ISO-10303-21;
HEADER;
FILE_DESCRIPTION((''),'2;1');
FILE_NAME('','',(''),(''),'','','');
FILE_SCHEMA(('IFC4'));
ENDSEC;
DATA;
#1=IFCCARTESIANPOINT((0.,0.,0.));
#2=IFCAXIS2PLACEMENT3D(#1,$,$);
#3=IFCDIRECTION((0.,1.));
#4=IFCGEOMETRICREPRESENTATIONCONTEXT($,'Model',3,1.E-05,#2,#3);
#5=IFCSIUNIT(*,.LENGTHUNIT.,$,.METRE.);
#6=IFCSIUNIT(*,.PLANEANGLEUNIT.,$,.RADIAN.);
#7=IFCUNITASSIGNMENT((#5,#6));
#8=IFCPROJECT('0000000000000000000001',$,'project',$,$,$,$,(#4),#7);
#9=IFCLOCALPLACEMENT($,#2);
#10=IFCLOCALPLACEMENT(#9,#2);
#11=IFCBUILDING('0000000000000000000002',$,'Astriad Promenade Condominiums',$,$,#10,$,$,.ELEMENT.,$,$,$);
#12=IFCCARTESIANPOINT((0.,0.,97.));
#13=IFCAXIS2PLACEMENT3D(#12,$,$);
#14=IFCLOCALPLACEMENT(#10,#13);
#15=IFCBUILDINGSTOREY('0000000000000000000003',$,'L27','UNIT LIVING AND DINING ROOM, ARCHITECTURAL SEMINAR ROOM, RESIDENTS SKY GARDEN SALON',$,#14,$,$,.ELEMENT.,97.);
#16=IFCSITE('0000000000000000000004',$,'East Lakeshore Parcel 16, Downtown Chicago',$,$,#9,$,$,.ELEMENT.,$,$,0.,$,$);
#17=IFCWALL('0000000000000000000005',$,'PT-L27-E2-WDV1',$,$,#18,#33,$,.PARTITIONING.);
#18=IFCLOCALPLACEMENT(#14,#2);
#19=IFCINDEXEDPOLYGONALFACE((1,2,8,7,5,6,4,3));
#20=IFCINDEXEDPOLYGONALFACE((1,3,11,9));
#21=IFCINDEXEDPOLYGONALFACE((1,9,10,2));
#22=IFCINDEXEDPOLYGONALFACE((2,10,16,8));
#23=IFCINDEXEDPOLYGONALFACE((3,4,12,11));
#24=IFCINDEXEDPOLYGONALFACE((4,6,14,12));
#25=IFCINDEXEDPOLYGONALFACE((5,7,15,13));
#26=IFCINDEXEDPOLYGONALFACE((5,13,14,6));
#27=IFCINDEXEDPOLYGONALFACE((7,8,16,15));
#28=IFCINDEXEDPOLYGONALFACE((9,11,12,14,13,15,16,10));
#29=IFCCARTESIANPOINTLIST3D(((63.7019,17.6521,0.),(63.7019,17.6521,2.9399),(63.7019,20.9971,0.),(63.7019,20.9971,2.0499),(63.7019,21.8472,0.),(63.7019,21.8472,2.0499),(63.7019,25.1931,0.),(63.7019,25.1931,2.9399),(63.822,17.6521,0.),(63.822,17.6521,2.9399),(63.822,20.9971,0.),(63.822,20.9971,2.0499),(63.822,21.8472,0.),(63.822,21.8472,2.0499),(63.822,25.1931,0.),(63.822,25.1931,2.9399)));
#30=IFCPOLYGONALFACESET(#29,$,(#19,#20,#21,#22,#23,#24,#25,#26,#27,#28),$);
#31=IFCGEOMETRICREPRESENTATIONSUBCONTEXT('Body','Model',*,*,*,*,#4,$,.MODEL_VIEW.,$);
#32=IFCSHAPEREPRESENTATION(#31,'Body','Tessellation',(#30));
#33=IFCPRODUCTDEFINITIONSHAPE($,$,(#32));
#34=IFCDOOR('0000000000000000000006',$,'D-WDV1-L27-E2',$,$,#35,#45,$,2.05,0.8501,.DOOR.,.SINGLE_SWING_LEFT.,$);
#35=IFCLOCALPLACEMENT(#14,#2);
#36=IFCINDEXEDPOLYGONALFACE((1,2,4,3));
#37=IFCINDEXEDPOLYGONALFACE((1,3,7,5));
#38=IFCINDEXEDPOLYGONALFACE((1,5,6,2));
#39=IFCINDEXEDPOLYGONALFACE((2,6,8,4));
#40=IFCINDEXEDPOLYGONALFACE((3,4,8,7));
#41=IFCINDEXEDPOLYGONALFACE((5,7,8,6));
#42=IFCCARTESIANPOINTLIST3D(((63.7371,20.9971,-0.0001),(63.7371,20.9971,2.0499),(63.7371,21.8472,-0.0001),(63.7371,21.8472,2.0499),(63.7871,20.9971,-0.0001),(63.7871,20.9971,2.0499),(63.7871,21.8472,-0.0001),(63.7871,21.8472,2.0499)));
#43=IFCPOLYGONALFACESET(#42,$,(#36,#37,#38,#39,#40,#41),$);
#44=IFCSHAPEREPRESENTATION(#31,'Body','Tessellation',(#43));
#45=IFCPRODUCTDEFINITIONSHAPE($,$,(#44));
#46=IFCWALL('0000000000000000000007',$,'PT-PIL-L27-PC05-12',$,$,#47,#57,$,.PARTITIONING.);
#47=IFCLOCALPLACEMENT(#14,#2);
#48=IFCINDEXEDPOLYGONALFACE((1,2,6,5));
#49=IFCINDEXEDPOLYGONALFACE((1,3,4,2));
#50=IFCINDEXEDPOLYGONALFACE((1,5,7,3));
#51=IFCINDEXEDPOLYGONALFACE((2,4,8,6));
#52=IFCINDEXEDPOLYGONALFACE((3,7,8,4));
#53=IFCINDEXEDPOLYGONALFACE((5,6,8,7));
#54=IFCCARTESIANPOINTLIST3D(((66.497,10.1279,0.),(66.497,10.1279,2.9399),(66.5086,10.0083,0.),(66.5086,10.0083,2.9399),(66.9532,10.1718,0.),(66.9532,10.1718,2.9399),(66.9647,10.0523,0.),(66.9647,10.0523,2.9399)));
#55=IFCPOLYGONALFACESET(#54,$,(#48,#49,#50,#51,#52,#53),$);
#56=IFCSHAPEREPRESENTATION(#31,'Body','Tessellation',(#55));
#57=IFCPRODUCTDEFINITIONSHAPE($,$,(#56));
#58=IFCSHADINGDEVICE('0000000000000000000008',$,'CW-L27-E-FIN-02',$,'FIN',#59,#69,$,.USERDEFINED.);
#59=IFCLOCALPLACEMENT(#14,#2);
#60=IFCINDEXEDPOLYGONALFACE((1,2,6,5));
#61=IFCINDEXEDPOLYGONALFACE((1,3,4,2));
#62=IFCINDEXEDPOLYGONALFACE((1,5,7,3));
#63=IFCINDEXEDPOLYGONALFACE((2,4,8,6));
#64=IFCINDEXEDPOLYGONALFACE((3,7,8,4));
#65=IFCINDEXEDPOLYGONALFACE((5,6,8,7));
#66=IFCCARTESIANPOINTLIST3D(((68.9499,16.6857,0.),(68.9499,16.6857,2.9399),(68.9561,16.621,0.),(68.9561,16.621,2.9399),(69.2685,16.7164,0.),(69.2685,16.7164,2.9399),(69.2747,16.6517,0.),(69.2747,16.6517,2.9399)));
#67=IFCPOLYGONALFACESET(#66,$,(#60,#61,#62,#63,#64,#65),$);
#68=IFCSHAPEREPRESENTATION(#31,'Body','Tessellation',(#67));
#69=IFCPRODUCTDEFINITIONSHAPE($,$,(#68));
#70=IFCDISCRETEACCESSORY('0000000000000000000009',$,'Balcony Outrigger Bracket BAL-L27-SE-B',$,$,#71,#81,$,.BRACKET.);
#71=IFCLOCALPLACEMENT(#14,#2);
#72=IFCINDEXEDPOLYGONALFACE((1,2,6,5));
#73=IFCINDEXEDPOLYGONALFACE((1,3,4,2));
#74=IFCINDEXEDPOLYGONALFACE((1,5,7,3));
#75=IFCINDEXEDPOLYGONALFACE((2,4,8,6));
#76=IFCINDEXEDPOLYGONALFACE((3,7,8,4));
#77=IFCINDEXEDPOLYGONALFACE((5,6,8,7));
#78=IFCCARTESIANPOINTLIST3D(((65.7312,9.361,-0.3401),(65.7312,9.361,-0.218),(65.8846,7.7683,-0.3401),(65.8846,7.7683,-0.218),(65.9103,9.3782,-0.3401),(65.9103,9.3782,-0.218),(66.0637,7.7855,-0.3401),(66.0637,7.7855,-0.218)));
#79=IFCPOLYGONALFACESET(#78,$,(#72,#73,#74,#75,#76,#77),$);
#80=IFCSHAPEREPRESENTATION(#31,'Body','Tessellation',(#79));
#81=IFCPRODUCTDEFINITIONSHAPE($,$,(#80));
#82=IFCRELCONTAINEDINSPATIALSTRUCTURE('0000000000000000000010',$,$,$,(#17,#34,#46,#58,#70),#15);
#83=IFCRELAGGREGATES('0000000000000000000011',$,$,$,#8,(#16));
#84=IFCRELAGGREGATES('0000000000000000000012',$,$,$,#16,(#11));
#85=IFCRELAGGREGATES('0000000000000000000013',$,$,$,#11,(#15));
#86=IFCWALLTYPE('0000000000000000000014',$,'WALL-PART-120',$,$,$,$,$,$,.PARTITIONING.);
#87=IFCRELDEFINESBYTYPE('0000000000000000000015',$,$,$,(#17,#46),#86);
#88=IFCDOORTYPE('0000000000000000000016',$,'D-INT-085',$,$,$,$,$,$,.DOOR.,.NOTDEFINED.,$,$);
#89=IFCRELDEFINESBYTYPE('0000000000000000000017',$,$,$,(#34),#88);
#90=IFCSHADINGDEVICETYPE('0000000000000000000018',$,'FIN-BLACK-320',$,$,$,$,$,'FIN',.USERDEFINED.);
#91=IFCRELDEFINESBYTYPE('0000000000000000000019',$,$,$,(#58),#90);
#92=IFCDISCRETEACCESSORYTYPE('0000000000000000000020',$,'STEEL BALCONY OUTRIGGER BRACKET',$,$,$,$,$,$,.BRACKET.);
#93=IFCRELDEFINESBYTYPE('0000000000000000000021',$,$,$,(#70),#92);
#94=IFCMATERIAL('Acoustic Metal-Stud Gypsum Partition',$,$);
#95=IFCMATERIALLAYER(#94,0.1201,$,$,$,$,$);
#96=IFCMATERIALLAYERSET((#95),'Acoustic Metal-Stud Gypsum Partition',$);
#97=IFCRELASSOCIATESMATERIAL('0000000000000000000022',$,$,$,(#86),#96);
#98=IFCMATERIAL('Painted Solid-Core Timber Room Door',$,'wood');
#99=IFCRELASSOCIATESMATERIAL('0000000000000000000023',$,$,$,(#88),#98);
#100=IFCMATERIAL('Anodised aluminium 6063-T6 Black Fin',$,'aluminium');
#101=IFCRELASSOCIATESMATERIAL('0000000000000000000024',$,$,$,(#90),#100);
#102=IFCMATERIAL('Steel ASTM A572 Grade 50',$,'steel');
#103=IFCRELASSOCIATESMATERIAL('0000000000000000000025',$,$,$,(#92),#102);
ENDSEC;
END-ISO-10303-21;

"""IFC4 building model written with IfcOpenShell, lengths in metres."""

from ifc_helpers import new_model, si_unit, direction, frame, frame_2d, origin, origin_2d, place, context, subcontext, project, spatial, rectangle, extrude, source, transform, mapped, material, layer, layer_set, type_object, type_shapes, element, fill, save


model = new_model("IFC4")

# Units and contexts
model_context = context("Model", 3, precision=1e-05, world=origin(), true_north=direction((0.0, 1.0)))
body_context = subcontext(model_context, "Body", "Model", "MODEL_VIEW")
ifc_project = project(units=[si_unit("LENGTHUNIT", "METRE"), si_unit("PLANEANGLEUNIT", "RADIAN")], contexts=[model_context])

# Site, building, storey
site_placement = place(None, origin())
site = spatial("IfcSite", under=ifc_project, at=site_placement, Name="East Lakeshore Parcel 16, Downtown Chicago", CompositionType="ELEMENT", RefElevation=0.0)
building_placement = place(site_placement, origin())
building = spatial("IfcBuilding", under=site, at=building_placement, Name="Astriad Promenade Condominiums", CompositionType="ELEMENT")
storey_placement = place(building_placement, frame((0.0, 0.0, 97.0)))
storey = spatial("IfcBuildingStorey", under=building, at=storey_placement, Name="L27", Description="UNIT LIVING AND DINING ROOM, ARCHITECTURAL SEMINAR ROOM, RESIDENTS SKY GARDEN SALON", CompositionType="ELEMENT", Elevation=97.0)

# Wall, opening, door
ifc_material_1 = material(Name="Acoustic Metal-Stud Gypsum Partition")
ifc_layer_1 = layer(ifc_material_1, 0.1201)
ifc_layer_set_1 = layer_set([ifc_layer_1], Name="Acoustic Metal-Stud Gypsum Partition")
wall_type_1 = type_object("IfcWallType", Name="WALL-PART-120", PredefinedType="PARTITIONING", material=ifc_layer_set_1)
ifc_material_2 = material(Name="Painted Solid-Core Timber Room Door", Category="wood")
door_type_1 = type_object("IfcDoorType", Name="D-INT-085", OperationType="NOTDEFINED", PredefinedType="DOOR", material=ifc_material_2)
shared_shape_1 = source(origin(), body_context, "Body", "SweptSolid", [
    extrude(rectangle(XDim=0.8501, YDim=2.05, at=frame_2d((0.425, 1.0249))), frame((0.0, 0.0249, 0.0), z_axis=(0.0, -1.0, 0.0), x_axis=(1.0, 0.0, 0.0)), (0.0, 0.0, 1.0), 0.05),
])
type_shapes(door_type_1, [shared_shape_1])
wall_1_placement = place(storey_placement, frame((63.762, 17.6521, 0.0), z_axis=(0.0, 0.0, 1.0), x_axis=(0.0, 1.0, 0.0)))
wall_1 = element("IfcWall", 1, at=wall_1_placement, inside=storey, type_object=wall_type_1, Name="PT-L27-E2-WDV1", PredefinedType="PARTITIONING", context=body_context, shape_type="SweptSolid", body=[
    extrude(rectangle(XDim=7.541, YDim=0.1201, at=frame_2d((3.7705, 0.0))), origin(), (0.0, 0.0, 1.0), 2.9399),
])
opening_1_placement = place(wall_1_placement, frame((3.345, 0.0, 0.0)))
opening_1 = element("IfcOpeningElement", 2, at=opening_1_placement, cuts=wall_1, PredefinedType="OPENING", context=body_context, shape_type="SweptSolid", body=[
    extrude(rectangle(XDim=0.8501, YDim=2.05, at=frame_2d((0.425, 1.0249))), frame((0.0, 0.0701, 0.0), z_axis=(0.0, -1.0, 0.0), x_axis=(1.0, 0.0, 0.0)), (0.0, 0.0, 1.0), 0.1401),
])
door_1_placement = place(opening_1_placement, origin())
door_1 = element("IfcDoor", 3, at=door_1_placement, inside=storey, type_object=door_type_1, Name="D-WDV1-L27-E2", OperationType="SINGLE_SWING_LEFT", OverallHeight=2.05, OverallWidth=0.8501, PredefinedType="DOOR", context=body_context, shape_type="MappedRepresentation", body=[
    mapped(shared_shape_1, transform((0.0, 0.0, 0.0), scale=1.0)),
])
fill(opening_1, door_1)

# Wall
wall_2_placement = place(storey_placement, frame((66.5029, 10.0681, 0.0), z_axis=(0.0, 0.0, 1.0), x_axis=(0.995389, 0.095915, 0.0)))
element("IfcWall", 4, at=wall_2_placement, inside=storey, type_object=wall_type_1, Name="PT-PIL-L27-PC05-12", PredefinedType="PARTITIONING", context=body_context, shape_type="SweptSolid", body=[
    extrude(rectangle(XDim=0.4583, YDim=0.1201, at=frame_2d((0.229, 0.0))), origin(), (0.0, 0.0, 1.0), 2.9399),
])

# Shading device
ifc_material_3 = material(Name="Anodised aluminium 6063-T6 Black Fin", Category="aluminium")
shading_device_type = type_object("IfcShadingDeviceType", Name="FIN-BLACK-320", ElementType="FIN", PredefinedType="USERDEFINED", material=ifc_material_3)
shared_shape_2 = source(origin(), body_context, "Body", "SweptSolid", [
    extrude(rectangle(XDim=0.0649, YDim=0.3201, at=origin_2d()), origin(), (0.0, 0.0, 1.0), 2.9399),
])
type_shapes(shading_device_type, [shared_shape_2])
shading_device_placement = place(storey_placement, frame((69.1123, 16.6687, 0.0), z_axis=(0.0, 0.0, 1.0), x_axis=(0.095846, -0.995396, 0.0)))
element("IfcShadingDevice", 5, at=shading_device_placement, inside=storey, type_object=shading_device_type, Name="CW-L27-E-FIN-02", ObjectType="FIN", PredefinedType="USERDEFINED", context=body_context, shape_type="MappedRepresentation", body=[
    mapped(shared_shape_2, transform((0.0, 0.0, 0.0), scale=1.0)),
])

# Discrete accessory
ifc_material_4 = material(Name="Steel ASTM A572 Grade 50", Category="steel")
discrete_accessory_type = type_object("IfcDiscreteAccessoryType", Name="STEEL BALCONY OUTRIGGER BRACKET", PredefinedType="BRACKET", material=ifc_material_4)
shared_shape_3 = source(origin(), body_context, "Body", "SweptSolid", [
    extrude(rectangle(XDim=1.6001, YDim=0.1799, at=origin_2d()), origin(), (0.0, 0.0, 1.0), 0.1221),
])
type_shapes(discrete_accessory_type, [shared_shape_3])
discrete_accessory_placement = place(storey_placement, frame((65.8975, 8.5732, -0.3401), z_axis=(0.0, 0.0, 1.0), x_axis=(0.095846, -0.995396, 0.0)))
element("IfcDiscreteAccessory", 6, at=discrete_accessory_placement, inside=storey, type_object=discrete_accessory_type, Name="Balcony Outrigger Bracket BAL-L27-SE-B", PredefinedType="BRACKET", context=body_context, shape_type="MappedRepresentation", body=[
    mapped(shared_shape_3, transform((0.0, 0.0, 0.0), scale=1.0)),
])

save(model, "model.ifc")
